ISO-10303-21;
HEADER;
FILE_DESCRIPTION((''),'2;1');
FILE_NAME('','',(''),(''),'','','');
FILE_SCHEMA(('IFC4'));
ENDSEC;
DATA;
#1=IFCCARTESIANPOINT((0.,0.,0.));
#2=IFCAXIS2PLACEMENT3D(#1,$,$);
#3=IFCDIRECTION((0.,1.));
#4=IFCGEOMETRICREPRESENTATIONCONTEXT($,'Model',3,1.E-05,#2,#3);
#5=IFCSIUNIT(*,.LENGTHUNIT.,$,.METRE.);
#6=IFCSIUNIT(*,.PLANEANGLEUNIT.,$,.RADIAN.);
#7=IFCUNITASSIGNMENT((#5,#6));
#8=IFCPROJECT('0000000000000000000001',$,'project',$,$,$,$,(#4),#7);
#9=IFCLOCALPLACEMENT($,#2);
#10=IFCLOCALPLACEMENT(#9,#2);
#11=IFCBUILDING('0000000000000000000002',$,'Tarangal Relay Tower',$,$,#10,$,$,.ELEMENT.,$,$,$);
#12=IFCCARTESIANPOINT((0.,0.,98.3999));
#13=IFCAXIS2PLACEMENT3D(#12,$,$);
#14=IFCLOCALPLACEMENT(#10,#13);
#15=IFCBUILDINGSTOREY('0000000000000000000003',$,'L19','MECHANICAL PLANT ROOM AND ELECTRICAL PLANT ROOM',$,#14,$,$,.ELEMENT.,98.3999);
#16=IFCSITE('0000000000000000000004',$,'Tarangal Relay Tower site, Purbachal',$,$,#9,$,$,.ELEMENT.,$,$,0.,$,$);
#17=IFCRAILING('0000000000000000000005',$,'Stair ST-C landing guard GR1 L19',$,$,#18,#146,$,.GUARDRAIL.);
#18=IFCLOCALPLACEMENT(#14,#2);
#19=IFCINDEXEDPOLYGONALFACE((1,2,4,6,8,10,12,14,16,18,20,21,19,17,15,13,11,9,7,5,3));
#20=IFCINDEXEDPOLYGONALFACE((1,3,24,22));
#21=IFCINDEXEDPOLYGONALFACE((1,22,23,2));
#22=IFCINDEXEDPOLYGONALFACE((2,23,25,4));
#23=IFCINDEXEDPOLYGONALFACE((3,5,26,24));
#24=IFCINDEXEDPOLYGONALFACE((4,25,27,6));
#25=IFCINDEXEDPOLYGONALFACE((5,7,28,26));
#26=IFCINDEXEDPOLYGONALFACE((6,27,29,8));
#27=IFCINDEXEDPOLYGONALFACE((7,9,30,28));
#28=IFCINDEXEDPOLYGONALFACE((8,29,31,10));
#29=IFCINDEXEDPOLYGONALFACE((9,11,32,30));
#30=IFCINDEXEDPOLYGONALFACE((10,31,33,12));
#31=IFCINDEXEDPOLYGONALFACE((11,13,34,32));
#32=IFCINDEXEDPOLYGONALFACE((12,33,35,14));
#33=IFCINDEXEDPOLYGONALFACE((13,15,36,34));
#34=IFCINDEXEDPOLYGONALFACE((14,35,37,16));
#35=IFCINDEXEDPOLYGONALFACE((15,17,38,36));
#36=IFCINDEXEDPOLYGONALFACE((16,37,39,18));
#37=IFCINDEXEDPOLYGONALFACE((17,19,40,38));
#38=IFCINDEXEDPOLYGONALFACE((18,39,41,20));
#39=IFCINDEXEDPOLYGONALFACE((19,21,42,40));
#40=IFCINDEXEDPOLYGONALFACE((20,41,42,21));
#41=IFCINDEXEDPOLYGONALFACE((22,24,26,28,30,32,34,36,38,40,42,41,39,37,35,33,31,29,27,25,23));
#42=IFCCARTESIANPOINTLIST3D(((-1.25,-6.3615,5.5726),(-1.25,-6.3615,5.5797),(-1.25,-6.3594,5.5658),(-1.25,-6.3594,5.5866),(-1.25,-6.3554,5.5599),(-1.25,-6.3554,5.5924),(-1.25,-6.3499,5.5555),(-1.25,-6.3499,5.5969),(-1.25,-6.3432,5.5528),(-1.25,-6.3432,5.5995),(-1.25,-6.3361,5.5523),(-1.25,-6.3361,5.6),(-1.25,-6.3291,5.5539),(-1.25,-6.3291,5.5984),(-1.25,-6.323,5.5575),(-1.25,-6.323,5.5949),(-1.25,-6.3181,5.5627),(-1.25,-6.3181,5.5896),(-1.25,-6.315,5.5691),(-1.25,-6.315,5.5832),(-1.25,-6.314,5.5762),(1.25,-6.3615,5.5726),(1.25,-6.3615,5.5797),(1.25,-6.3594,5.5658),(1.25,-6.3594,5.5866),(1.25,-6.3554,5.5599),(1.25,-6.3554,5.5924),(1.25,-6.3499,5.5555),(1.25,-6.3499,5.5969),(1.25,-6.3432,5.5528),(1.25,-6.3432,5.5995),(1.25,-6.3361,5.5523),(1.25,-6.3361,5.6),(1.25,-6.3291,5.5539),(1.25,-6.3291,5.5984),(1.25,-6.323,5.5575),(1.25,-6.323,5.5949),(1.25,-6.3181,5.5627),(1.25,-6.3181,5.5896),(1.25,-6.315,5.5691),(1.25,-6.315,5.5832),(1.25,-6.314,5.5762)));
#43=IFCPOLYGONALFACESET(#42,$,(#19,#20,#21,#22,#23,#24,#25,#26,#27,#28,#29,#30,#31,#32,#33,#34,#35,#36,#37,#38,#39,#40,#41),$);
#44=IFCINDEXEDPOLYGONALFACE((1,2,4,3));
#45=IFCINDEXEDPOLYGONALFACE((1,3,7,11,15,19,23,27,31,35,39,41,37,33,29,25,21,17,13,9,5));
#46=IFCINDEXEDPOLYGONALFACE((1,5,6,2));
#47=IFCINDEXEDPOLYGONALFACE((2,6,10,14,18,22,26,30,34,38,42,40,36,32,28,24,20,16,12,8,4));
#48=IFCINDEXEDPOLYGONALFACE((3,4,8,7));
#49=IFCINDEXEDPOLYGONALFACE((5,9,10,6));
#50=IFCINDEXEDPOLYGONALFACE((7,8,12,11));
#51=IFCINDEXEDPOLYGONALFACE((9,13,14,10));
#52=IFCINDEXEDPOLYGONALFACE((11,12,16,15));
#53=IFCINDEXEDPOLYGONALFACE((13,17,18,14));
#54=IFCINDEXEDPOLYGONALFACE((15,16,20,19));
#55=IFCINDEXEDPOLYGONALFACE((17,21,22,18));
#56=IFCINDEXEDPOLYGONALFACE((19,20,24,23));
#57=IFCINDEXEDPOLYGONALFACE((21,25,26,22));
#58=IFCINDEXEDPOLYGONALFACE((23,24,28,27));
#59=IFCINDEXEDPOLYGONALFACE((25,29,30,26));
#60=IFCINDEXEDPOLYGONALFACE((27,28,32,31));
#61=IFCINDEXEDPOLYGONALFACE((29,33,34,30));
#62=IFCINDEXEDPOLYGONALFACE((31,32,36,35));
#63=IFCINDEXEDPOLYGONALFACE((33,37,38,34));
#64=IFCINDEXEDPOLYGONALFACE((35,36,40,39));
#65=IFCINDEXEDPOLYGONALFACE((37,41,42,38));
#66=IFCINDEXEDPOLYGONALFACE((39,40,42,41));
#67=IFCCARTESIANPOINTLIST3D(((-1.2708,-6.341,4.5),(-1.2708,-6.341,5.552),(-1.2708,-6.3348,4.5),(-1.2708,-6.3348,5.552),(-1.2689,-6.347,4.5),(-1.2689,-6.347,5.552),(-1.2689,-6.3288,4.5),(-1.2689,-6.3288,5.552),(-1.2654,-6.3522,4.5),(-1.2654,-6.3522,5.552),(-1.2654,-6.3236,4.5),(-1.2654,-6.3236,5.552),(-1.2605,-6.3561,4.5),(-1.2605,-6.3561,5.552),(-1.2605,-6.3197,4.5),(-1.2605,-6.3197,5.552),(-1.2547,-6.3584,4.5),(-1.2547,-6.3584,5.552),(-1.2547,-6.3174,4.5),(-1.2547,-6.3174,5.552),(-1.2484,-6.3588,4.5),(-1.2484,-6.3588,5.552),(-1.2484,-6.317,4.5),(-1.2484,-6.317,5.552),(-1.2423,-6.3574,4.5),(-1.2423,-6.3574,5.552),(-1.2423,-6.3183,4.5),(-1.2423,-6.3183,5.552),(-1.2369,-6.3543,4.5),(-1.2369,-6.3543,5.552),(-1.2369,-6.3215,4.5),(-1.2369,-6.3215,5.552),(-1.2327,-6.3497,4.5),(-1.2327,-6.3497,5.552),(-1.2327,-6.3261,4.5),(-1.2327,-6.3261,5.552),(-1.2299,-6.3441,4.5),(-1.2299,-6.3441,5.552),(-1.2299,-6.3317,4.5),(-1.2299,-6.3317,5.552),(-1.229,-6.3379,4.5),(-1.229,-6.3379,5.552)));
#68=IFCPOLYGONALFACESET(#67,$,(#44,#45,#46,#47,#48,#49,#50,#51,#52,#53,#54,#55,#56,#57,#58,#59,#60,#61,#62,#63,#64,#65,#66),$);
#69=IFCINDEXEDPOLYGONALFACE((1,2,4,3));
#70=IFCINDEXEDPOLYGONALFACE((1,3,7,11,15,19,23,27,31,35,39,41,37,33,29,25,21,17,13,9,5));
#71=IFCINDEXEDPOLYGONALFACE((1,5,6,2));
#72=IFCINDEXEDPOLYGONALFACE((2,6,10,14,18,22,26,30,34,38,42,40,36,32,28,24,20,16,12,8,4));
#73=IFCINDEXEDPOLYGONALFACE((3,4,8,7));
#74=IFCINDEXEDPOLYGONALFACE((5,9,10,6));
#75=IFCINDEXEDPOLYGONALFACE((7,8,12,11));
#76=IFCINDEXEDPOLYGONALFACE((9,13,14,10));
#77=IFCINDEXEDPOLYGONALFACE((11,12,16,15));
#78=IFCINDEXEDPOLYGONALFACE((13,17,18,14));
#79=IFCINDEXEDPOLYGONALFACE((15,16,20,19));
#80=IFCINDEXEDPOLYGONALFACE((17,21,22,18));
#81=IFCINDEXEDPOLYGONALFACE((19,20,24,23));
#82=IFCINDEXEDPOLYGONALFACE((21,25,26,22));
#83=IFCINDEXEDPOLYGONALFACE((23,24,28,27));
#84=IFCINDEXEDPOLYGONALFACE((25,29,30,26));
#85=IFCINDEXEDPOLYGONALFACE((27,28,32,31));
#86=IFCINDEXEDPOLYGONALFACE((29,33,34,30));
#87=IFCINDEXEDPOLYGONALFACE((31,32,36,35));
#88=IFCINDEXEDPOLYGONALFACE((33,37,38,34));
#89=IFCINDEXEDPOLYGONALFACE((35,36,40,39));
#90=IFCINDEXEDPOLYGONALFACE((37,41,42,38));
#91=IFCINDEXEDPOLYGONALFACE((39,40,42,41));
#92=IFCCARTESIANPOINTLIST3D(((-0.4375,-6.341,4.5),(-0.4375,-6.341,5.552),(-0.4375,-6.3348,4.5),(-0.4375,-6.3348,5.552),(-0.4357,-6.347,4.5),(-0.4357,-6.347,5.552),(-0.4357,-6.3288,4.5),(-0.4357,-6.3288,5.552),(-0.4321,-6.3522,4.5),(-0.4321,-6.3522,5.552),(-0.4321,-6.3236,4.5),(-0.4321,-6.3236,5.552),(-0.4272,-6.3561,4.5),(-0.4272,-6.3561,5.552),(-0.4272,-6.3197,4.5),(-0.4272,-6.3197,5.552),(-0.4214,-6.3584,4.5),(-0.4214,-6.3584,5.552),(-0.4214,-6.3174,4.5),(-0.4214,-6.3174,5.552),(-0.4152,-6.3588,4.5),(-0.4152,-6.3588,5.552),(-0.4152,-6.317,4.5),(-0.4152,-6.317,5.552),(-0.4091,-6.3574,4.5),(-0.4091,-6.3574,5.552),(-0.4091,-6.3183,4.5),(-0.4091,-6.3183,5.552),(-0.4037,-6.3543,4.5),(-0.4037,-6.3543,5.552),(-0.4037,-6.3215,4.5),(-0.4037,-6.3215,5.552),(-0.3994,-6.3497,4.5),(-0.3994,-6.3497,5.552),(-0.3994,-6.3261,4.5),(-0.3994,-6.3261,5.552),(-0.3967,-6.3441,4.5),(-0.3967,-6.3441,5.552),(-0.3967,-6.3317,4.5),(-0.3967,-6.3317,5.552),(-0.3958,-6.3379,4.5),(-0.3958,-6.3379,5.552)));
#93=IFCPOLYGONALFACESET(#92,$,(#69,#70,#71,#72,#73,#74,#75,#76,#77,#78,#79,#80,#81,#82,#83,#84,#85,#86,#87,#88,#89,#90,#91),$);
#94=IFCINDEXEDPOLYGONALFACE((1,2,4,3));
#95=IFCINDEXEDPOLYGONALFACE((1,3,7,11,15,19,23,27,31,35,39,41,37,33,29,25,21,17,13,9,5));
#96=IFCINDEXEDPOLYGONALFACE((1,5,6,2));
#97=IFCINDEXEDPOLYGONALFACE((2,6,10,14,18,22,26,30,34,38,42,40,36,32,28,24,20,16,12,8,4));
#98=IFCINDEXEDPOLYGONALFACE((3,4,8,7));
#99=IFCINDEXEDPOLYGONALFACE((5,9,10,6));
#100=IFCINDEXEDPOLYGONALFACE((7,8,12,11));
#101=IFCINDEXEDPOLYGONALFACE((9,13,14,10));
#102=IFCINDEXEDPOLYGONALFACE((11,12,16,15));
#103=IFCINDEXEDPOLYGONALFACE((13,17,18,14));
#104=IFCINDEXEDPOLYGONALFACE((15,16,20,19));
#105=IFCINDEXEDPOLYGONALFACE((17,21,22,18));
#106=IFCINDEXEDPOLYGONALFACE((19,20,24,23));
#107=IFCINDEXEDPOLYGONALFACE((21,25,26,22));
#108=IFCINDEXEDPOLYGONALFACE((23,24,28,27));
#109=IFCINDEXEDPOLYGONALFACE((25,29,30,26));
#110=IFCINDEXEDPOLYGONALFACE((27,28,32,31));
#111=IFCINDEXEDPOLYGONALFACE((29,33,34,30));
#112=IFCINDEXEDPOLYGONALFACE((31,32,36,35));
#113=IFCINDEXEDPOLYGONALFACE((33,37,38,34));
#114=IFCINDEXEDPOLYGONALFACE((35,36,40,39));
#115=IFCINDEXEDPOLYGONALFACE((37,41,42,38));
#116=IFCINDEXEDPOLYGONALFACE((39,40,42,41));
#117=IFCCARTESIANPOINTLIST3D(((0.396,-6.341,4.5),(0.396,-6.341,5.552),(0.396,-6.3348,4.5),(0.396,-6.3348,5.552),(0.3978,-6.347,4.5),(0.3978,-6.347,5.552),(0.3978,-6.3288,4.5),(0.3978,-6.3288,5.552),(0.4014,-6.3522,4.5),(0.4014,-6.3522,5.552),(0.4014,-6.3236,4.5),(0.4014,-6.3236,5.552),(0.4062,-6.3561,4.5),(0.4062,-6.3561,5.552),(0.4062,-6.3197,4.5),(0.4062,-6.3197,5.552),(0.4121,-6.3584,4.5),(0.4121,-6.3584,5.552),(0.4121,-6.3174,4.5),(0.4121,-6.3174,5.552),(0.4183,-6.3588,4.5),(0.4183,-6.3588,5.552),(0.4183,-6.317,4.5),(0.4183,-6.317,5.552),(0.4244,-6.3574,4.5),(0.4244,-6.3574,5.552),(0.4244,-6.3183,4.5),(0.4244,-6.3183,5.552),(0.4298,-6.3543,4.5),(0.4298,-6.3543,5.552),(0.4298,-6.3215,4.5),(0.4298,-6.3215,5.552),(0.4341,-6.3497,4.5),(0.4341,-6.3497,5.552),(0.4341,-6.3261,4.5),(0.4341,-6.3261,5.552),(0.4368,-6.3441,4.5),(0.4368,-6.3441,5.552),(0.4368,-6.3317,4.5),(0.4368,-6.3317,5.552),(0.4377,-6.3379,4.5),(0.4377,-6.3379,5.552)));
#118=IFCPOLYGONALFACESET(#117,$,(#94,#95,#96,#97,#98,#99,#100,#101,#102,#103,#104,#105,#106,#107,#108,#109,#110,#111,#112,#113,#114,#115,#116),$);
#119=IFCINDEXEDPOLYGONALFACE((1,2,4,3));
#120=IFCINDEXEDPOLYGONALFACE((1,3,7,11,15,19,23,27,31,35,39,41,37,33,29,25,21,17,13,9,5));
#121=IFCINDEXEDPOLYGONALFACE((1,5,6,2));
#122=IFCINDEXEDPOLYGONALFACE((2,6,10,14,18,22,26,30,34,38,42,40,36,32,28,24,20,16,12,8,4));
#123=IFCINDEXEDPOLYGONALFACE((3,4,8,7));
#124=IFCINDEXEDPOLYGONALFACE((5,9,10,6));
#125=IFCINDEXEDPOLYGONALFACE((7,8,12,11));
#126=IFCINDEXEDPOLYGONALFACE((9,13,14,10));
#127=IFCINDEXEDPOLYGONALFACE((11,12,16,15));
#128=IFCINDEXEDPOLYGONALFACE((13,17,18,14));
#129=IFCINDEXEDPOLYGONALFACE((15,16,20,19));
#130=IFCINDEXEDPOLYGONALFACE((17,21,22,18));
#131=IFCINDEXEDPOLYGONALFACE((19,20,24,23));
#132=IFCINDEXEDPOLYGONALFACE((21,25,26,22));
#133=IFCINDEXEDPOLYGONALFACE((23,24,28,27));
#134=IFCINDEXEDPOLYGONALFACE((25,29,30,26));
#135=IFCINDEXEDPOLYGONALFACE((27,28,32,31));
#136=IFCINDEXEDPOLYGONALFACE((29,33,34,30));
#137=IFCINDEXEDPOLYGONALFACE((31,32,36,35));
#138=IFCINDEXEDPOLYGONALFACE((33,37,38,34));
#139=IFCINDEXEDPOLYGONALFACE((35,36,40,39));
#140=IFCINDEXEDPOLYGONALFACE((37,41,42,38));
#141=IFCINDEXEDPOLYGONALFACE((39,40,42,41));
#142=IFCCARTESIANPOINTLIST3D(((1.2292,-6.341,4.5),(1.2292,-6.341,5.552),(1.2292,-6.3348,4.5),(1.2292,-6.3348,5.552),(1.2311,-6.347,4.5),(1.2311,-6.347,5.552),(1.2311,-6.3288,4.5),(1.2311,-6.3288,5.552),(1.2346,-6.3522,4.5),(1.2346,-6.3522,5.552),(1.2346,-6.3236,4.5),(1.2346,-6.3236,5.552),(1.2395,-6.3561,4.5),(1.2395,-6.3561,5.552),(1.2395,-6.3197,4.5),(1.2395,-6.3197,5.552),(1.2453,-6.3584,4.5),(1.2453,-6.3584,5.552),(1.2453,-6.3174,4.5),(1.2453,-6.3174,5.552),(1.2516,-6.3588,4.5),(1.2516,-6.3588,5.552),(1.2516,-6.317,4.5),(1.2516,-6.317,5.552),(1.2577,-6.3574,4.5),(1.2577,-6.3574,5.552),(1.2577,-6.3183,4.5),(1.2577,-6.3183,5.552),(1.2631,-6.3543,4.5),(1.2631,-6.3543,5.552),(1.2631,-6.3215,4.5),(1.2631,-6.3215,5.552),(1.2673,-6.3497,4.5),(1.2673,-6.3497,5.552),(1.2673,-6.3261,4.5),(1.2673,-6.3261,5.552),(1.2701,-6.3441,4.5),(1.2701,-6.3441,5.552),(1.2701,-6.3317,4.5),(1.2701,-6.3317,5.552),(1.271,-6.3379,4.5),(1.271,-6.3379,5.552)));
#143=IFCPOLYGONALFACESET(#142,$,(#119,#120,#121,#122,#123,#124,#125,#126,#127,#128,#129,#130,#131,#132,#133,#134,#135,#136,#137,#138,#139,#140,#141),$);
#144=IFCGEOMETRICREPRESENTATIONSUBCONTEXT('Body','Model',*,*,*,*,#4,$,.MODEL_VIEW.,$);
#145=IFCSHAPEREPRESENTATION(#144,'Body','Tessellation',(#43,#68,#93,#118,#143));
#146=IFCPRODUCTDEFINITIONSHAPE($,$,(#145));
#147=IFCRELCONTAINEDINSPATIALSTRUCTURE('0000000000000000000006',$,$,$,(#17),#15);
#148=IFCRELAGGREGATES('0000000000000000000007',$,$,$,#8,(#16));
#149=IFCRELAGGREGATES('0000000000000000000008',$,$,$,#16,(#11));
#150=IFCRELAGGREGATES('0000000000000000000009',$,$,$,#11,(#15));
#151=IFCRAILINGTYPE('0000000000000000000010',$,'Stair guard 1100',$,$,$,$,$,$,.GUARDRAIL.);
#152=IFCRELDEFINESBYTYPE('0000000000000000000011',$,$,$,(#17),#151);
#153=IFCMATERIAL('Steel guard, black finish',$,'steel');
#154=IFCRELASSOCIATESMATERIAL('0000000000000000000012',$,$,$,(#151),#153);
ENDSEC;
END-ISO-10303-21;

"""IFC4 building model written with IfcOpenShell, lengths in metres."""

from ifc_helpers import new_model, si_unit, direction, frame, origin, origin_2d, place, context, subcontext, project, spatial, circle, extrude, material, type_object, element, save


model = new_model("IFC4")

# Units and contexts
model_context = context("Model", 3, precision=1e-05, world=origin(), true_north=direction((0.0, 1.0)))
body_context = subcontext(model_context, "Body", "Model", "MODEL_VIEW")
ifc_project = project(units=[si_unit("LENGTHUNIT", "METRE"), si_unit("PLANEANGLEUNIT", "RADIAN")], contexts=[model_context])

# Site, building, storey
site_placement = place(None, origin())
site = spatial("IfcSite", under=ifc_project, at=site_placement, Name="Tarangal Relay Tower site, Purbachal", CompositionType="ELEMENT", RefElevation=0.0)
building_placement = place(site_placement, origin())
building = spatial("IfcBuilding", under=site, at=building_placement, Name="Tarangal Relay Tower", CompositionType="ELEMENT")
storey_placement = place(building_placement, frame((0.0, 0.0, 98.3999)))
storey = spatial("IfcBuildingStorey", under=building, at=storey_placement, Name="L19", Description="MECHANICAL PLANT ROOM AND ELECTRICAL PLANT ROOM", CompositionType="ELEMENT", Elevation=98.3999)

# Railing
ifc_material_1 = material(Name="Steel guard, black finish", Category="steel")
railing_type_1 = type_object("IfcRailingType", Name="Stair guard 1100", PredefinedType="GUARDRAIL", material=ifc_material_1)
for number, where, name in (
    (1, (-1.25, -6.3379, 4.5), "Stair ST-C landing guard GR1 L19"),
):
    element("IfcRailing", number, at=place(storey_placement, frame(where)), inside=storey, type_object=railing_type_1, Name=name, PredefinedType="GUARDRAIL", context=body_context, shape_type="SweptSolid", body=[
        extrude(circle(Radius=0.0239, at=origin_2d()), frame((0.0, 0.0, 1.0762), z_axis=(1.0, 0.0, 0.0), x_axis=(0.0, 1.0, 0.0)), (0.0, 0.0, 1.0), 2.5),
        extrude(circle(Radius=0.021, at=origin_2d()), origin(), (0.0, 0.0, 1.0), 1.052),
        extrude(circle(Radius=0.021, at=origin_2d()), frame((0.8333, 0.0, 0.0)), (0.0, 0.0, 1.0), 1.052),
        extrude(circle(Radius=0.021, at=origin_2d()), frame((1.6667, 0.0, 0.0)), (0.0, 0.0, 1.0), 1.052),
        extrude(circle(Radius=0.021, at=origin_2d()), frame((2.5, 0.0, 0.0)), (0.0, 0.0, 1.0), 1.052),
    ])

save(model, "model.ifc")
